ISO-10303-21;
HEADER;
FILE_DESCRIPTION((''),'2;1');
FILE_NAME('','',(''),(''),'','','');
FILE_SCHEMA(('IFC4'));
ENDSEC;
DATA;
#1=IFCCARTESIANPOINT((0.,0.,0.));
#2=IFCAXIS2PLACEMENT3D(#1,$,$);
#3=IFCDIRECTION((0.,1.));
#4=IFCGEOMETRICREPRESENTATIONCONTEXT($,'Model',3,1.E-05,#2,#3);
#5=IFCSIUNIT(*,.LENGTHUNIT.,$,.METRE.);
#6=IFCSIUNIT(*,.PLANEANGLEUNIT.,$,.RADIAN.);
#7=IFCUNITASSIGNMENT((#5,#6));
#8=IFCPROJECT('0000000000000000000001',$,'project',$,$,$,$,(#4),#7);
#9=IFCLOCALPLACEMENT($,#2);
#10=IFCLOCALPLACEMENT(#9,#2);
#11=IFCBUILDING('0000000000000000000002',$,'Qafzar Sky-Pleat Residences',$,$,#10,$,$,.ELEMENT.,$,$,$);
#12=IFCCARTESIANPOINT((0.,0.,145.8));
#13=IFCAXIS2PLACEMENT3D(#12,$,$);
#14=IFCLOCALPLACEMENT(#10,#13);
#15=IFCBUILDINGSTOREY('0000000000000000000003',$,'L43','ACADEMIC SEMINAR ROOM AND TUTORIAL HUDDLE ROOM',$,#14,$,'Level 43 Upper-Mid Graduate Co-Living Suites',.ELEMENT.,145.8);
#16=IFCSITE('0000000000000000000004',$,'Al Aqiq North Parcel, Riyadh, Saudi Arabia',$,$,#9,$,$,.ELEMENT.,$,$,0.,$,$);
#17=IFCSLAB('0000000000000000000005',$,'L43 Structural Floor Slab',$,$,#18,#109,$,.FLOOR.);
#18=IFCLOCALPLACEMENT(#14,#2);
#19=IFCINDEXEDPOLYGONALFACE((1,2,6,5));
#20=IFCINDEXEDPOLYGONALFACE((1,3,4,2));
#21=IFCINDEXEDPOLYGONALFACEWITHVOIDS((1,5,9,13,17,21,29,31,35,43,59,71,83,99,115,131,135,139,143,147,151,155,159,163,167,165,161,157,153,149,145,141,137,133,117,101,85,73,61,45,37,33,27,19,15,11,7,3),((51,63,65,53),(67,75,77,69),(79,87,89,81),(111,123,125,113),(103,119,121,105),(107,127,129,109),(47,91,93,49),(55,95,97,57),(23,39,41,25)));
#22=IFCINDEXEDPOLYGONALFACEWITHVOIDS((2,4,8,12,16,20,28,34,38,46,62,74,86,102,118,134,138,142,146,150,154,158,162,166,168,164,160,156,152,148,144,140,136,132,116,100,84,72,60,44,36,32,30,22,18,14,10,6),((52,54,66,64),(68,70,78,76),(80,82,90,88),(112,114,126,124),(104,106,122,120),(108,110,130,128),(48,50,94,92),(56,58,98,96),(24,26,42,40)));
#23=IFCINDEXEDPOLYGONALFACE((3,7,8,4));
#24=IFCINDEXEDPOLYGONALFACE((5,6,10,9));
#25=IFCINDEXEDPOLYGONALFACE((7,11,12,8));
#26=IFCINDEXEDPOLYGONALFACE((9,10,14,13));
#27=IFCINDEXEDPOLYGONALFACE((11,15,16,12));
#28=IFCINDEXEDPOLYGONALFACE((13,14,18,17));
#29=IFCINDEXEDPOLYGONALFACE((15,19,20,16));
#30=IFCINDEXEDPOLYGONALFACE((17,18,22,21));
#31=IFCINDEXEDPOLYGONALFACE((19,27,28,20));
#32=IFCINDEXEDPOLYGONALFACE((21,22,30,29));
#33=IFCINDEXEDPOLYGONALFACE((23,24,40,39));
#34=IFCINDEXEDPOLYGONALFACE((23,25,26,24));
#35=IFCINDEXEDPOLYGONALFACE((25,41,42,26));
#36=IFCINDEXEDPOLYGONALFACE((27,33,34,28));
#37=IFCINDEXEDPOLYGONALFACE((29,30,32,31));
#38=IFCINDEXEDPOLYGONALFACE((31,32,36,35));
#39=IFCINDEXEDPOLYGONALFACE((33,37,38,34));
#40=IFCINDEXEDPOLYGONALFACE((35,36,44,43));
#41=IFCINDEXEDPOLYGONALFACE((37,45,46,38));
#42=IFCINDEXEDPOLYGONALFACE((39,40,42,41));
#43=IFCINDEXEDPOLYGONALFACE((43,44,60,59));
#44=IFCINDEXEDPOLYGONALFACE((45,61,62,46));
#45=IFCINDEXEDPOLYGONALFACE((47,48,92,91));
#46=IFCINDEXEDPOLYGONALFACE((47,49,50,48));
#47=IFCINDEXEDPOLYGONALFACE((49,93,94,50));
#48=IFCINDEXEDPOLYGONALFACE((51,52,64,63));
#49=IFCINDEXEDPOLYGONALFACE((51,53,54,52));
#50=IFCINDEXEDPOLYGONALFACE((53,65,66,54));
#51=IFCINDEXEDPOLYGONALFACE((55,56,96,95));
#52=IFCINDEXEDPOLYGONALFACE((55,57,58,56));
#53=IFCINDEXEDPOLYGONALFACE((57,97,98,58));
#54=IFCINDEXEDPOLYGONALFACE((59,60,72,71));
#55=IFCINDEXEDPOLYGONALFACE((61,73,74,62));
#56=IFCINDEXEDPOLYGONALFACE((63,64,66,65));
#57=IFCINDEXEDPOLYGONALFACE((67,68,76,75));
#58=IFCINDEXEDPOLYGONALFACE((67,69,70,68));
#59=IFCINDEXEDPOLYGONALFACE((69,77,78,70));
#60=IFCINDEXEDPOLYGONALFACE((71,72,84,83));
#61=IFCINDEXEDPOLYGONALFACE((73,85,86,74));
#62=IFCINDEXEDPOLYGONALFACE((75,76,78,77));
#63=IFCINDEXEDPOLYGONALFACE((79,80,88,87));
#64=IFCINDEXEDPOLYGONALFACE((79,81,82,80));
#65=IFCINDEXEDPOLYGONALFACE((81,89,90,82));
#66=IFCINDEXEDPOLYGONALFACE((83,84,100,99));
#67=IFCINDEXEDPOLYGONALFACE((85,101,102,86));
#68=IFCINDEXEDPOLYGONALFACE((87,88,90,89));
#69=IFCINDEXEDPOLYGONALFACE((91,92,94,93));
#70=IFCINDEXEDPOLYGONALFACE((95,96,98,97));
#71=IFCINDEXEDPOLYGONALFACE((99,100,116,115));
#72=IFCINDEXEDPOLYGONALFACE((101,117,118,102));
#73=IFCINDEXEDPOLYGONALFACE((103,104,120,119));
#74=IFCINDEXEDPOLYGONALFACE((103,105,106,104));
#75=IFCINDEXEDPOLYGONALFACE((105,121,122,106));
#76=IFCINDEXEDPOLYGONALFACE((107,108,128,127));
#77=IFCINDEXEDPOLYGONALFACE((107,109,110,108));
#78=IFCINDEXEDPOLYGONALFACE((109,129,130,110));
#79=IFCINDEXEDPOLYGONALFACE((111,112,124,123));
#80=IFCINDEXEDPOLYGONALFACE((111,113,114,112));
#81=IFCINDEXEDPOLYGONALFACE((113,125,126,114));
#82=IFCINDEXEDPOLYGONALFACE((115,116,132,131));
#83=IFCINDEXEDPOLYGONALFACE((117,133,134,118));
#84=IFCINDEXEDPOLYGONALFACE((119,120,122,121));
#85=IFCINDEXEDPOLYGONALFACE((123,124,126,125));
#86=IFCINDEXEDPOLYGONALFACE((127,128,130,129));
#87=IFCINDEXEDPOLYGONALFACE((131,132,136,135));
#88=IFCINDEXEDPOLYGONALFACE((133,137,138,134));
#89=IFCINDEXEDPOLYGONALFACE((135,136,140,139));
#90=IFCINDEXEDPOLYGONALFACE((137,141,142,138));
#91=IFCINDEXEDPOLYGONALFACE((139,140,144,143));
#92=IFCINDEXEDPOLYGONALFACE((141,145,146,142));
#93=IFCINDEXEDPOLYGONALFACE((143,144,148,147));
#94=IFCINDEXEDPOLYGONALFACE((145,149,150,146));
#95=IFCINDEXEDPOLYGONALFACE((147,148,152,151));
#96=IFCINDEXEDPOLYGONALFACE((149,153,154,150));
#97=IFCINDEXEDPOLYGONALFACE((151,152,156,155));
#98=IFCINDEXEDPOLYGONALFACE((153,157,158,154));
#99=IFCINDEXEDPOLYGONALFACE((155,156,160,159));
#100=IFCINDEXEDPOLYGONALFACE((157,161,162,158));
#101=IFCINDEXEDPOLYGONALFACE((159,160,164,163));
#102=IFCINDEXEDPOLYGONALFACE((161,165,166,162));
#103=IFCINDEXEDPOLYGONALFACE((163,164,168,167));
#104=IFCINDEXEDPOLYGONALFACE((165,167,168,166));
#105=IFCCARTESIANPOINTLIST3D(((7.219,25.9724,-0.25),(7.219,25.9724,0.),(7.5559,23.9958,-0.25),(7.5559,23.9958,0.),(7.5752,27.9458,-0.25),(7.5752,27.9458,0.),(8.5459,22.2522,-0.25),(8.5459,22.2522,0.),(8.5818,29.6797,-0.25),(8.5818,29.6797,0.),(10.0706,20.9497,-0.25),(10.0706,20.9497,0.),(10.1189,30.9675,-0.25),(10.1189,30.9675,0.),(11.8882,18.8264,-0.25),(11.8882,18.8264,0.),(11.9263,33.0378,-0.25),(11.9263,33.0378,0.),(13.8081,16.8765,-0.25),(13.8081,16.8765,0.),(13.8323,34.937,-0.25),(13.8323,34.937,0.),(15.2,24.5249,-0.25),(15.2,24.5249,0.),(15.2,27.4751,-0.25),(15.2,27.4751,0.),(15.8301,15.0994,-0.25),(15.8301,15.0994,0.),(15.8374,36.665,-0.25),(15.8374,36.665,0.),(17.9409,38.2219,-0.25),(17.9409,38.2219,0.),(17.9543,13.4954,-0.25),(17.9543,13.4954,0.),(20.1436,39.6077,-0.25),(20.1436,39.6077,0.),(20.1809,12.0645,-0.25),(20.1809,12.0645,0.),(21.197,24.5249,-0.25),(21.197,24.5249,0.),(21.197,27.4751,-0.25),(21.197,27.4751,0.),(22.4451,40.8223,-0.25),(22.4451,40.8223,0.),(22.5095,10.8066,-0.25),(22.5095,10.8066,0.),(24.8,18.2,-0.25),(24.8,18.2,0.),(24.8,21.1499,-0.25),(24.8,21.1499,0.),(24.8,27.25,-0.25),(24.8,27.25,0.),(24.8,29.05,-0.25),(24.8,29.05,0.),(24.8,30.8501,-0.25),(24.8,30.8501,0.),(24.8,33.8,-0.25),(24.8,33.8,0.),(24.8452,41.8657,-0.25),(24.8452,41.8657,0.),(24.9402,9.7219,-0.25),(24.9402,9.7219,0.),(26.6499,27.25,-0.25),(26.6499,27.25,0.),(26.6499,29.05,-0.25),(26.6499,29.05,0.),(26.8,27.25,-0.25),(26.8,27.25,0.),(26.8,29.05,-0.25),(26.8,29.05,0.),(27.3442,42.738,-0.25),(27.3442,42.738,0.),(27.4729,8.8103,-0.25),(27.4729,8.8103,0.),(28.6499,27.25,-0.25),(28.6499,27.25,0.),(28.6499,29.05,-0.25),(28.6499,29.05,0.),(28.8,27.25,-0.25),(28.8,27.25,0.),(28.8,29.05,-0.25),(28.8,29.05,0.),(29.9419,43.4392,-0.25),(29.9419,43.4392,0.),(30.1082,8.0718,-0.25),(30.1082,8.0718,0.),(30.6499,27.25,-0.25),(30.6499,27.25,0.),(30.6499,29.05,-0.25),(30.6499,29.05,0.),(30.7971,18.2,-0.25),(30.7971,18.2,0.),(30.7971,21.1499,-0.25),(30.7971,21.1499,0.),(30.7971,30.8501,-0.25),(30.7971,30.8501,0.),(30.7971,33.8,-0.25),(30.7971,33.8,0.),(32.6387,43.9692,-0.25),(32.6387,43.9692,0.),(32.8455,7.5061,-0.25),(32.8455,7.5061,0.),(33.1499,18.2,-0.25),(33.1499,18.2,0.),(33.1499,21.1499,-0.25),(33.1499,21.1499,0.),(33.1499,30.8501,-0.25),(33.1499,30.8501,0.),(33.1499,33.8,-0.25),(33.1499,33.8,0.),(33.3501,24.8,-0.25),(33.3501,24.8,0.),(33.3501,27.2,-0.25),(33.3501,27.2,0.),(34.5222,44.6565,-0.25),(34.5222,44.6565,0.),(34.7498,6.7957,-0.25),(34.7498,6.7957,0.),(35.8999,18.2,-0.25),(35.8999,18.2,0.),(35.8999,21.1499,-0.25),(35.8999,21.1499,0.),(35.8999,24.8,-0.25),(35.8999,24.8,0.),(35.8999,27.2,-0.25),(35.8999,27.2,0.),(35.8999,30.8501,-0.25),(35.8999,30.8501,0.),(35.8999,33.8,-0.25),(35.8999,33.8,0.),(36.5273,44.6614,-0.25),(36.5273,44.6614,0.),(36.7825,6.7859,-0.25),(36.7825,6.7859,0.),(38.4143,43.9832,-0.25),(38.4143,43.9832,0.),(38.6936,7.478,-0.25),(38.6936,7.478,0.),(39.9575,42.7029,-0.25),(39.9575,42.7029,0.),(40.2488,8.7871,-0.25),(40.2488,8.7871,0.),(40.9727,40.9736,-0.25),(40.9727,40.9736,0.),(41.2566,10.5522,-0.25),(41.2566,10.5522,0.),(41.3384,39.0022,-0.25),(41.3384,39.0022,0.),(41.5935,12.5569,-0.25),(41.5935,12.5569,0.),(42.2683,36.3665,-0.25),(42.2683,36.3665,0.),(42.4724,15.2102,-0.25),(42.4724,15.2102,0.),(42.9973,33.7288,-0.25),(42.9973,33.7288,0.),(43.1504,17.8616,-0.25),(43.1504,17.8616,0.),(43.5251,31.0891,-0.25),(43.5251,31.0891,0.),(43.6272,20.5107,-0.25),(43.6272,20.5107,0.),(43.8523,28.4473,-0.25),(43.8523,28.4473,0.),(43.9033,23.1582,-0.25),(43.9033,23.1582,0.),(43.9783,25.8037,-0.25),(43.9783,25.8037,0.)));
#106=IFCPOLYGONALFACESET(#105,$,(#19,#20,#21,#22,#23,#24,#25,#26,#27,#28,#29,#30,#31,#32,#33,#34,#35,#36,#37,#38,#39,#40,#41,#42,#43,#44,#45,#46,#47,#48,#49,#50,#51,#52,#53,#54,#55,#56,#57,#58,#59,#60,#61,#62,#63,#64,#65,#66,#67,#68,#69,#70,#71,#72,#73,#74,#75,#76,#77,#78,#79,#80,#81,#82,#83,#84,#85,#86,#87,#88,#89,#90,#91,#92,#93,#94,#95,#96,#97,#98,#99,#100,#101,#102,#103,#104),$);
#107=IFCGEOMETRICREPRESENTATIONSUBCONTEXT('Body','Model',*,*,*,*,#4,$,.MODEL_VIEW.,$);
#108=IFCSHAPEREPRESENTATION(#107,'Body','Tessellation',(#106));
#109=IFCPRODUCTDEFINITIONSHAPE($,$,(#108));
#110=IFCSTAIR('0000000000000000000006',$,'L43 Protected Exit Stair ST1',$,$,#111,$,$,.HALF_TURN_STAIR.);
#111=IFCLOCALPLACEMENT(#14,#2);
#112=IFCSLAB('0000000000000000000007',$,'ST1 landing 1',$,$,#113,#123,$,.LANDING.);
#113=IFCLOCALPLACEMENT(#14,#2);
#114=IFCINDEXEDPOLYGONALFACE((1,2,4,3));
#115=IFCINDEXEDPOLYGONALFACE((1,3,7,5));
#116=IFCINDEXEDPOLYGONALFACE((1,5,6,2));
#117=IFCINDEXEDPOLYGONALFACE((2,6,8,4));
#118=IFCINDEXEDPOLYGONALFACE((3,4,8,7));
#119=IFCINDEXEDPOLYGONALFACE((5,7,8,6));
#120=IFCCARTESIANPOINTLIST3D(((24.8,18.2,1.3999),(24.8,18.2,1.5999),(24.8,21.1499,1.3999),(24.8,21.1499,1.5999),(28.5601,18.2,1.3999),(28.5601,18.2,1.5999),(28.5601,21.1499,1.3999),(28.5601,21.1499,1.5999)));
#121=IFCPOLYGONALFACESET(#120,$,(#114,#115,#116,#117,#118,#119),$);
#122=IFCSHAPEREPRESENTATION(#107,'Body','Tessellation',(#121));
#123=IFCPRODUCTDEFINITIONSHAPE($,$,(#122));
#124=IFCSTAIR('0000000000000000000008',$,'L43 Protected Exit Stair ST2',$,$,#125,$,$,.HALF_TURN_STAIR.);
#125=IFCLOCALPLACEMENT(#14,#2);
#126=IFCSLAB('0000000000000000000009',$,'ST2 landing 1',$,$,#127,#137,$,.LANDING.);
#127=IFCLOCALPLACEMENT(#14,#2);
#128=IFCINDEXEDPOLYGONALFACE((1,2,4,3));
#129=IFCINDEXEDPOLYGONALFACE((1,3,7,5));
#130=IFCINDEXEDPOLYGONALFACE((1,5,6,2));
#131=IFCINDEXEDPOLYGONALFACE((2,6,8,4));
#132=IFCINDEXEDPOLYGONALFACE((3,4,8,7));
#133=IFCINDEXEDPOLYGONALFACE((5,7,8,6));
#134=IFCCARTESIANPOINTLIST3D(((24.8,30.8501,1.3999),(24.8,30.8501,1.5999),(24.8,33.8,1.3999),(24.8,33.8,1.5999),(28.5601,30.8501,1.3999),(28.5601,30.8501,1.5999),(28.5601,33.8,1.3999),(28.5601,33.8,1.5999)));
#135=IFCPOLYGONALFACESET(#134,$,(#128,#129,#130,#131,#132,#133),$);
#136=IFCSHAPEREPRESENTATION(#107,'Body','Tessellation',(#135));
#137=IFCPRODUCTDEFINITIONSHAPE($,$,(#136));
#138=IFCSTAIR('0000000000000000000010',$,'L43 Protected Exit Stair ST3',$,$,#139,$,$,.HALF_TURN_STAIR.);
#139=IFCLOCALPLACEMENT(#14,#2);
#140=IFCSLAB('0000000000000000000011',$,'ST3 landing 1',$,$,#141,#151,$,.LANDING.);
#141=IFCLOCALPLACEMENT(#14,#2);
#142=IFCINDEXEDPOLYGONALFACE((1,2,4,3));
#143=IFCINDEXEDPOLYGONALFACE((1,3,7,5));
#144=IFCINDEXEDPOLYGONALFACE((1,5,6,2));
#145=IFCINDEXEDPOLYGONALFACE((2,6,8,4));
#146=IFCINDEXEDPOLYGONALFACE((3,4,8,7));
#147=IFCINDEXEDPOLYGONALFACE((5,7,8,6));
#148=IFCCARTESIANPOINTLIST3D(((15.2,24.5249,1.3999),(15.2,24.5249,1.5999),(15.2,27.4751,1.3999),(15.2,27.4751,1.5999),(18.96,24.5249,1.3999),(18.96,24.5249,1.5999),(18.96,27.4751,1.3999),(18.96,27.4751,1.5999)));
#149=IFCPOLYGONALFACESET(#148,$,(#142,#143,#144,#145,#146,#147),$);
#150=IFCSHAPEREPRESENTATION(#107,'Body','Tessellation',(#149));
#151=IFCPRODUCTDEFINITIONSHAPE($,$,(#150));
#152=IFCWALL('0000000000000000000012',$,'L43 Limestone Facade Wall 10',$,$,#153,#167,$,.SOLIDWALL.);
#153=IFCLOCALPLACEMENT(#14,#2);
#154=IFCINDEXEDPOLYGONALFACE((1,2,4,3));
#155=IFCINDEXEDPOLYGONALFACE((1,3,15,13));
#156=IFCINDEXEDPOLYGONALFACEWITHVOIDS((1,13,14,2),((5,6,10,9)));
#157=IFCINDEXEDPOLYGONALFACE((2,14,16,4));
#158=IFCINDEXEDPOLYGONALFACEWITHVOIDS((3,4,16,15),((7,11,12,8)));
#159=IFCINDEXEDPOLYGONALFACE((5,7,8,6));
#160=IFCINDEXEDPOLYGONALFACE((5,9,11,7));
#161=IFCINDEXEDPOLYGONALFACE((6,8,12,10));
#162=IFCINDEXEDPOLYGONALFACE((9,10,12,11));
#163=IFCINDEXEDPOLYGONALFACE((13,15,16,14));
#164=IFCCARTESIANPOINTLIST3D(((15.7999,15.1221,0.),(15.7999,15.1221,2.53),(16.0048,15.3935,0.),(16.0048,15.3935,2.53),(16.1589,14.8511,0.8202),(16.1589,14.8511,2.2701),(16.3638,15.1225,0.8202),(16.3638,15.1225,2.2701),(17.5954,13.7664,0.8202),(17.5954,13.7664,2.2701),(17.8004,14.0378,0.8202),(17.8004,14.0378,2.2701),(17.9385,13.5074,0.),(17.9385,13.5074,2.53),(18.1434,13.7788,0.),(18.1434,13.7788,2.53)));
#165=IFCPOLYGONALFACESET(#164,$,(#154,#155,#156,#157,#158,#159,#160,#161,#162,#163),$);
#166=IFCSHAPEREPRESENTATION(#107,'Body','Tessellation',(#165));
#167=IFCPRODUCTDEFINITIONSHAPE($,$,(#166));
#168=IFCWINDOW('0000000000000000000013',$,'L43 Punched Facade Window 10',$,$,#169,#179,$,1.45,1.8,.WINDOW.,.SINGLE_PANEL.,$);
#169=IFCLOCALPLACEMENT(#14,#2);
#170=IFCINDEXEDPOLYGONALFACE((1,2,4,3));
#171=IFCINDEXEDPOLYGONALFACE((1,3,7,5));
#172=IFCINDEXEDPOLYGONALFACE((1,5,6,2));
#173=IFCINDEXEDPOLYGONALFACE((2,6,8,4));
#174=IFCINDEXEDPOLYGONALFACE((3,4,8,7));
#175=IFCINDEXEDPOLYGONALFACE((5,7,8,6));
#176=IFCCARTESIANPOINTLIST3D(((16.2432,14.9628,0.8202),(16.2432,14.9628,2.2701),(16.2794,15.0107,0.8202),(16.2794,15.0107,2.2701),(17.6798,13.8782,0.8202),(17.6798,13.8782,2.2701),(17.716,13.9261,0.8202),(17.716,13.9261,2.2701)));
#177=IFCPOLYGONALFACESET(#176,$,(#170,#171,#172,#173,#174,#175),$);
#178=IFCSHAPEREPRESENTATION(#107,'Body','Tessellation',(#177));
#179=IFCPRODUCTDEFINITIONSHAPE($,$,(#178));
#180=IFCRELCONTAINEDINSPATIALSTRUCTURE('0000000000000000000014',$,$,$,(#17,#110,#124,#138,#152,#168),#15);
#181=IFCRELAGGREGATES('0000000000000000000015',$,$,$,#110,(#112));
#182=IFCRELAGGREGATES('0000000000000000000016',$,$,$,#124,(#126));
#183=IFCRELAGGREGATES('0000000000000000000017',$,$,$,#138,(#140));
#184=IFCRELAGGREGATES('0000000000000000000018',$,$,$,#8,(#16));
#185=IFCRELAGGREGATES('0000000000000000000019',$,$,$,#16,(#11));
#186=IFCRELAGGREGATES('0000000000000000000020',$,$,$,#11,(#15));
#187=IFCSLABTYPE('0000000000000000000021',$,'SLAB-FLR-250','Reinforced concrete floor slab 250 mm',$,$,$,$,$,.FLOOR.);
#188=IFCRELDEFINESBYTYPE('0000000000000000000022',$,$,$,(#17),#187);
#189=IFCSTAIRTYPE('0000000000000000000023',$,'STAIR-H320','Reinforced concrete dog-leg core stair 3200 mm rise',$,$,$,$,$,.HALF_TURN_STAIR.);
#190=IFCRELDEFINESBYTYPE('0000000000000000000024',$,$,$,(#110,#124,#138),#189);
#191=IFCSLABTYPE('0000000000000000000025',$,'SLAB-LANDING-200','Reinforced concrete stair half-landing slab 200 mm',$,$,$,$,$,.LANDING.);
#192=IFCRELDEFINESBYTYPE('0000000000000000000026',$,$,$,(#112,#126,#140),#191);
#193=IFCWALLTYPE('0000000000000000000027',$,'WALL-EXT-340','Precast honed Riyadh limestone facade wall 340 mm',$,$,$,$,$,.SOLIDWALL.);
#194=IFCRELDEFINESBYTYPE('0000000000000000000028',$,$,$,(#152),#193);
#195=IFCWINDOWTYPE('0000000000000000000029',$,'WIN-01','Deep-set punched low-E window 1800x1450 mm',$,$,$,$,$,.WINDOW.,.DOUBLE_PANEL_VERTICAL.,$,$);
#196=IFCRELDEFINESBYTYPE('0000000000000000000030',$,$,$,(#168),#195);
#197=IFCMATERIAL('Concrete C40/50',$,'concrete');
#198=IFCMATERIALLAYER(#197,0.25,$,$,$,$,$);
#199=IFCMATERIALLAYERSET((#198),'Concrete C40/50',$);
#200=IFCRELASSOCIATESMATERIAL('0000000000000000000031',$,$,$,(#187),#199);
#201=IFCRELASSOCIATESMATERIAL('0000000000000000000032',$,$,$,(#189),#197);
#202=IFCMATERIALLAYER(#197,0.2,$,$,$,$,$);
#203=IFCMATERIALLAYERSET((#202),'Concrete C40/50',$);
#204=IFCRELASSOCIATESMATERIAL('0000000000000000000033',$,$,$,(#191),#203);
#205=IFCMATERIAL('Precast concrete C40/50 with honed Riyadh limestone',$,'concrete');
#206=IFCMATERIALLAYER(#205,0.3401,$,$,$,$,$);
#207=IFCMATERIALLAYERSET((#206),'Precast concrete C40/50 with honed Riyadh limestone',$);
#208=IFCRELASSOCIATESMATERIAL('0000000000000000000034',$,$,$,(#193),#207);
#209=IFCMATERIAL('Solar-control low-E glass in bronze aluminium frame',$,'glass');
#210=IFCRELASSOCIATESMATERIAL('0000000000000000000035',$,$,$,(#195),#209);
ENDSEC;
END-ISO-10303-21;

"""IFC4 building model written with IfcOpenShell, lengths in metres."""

from ifc_helpers import new_model, si_unit, direction, frame, frame_2d, origin, place, context, subcontext, project, spatial, polyline, rectangle, outline, extrude, source, transform, mapped, material, layer, layer_set, type_object, element, fill, aggregate, save


model = new_model("IFC4")

# Units and contexts
model_context = context("Model", 3, precision=1e-05, world=origin(), true_north=direction((0.0, 1.0)))
body_context = subcontext(model_context, "Body", "Model", "MODEL_VIEW")
ifc_project = project(units=[si_unit("LENGTHUNIT", "METRE"), si_unit("PLANEANGLEUNIT", "RADIAN")], contexts=[model_context])

# Site, building, storey
site_placement = place(None, origin())
site = spatial("IfcSite", under=ifc_project, at=site_placement, Name="Al Aqiq North Parcel, Riyadh, Saudi Arabia", CompositionType="ELEMENT", RefElevation=0.0)
building_placement = place(site_placement, origin())
building = spatial("IfcBuilding", under=site, at=building_placement, Name="Qafzar Sky-Pleat Residences", CompositionType="ELEMENT")
storey_placement = place(building_placement, frame((0.0, 0.0, 145.8)))
storey = spatial("IfcBuildingStorey", under=building, at=storey_placement, Name="L43", Description="ACADEMIC SEMINAR ROOM AND TUTORIAL HUDDLE ROOM", LongName="Level 43 Upper-Mid Graduate Co-Living Suites", CompositionType="ELEMENT", Elevation=145.8)

# Slab
ifc_material_1 = material(Name="Concrete C40/50", Category="concrete")
ifc_layer_1 = layer(ifc_material_1, 0.25)
ifc_layer_set_1 = layer_set([ifc_layer_1], Name="Concrete C40/50")
slab_type_1 = type_object("IfcSlabType", Name="SLAB-FLR-250", Description="Reinforced concrete floor slab 250 mm", PredefinedType="FLOOR", material=ifc_layer_set_1)
slab_1_placement = place(storey_placement, frame((0.0, 0.0, -0.25)))
element("IfcSlab", 1, at=slab_1_placement, inside=storey, type_object=slab_type_1, Name="L43 Structural Floor Slab", PredefinedType="FLOOR", context=body_context, shape_type="SweptSolid", body=[
    extrude(outline(polyline([(10.1189, 30.9675), (8.5818, 29.6797), (7.5752, 27.9458), (7.219, 25.9724), (7.5559, 23.9958), (8.5459, 22.2522), (10.0706, 20.9497), (11.8882, 18.8264), (13.8081, 16.8765), (15.8301, 15.0994), (17.9543, 13.4954), (20.1809, 12.0645), (22.5095, 10.8066), (24.9402, 9.7219), (27.4729, 8.8103), (30.1082, 8.0718), (32.8455, 7.5061), (34.7498, 6.7957), (36.7825, 6.7859), (38.6936, 7.478), (40.2488, 8.7871), (41.2566, 10.5522), (41.5935, 12.5569), (42.4724, 15.2102), (43.1504, 17.8616), (43.6272, 20.5107), (43.9033, 23.1582), (43.9783, 25.8037), (43.8523, 28.4473), (43.5251, 31.0891), (42.9973, 33.7288), (42.2683, 36.3665), (41.3384, 39.0022), (40.9727, 40.9736), (39.9575, 42.7029), (38.4143, 43.9832), (36.5273, 44.6614), (34.5222, 44.6565), (32.6387, 43.9692), (29.9419, 43.4392), (27.3442, 42.738), (24.8452, 41.8657), (22.4451, 40.8223), (20.1436, 39.6077), (17.9409, 38.2219), (15.8374, 36.665), (13.8323, 34.937), (11.9263, 33.0378), (10.1189, 30.9675)]), holes=[polyline([(30.7971, 21.1499), (24.8, 21.1499), (24.8, 18.2), (30.7971, 18.2), (30.7971, 21.1499)]), polyline([(30.7971, 33.8), (24.8, 33.8), (24.8, 30.8501), (30.7971, 30.8501), (30.7971, 33.8)]), polyline([(21.197, 27.4751), (15.2, 27.4751), (15.2, 24.5249), (21.197, 24.5249), (21.197, 27.4751)]), polyline([(24.8, 27.25), (26.6499, 27.25), (26.6499, 29.05), (24.8, 29.05), (24.8, 27.25)]), polyline([(26.8, 27.25), (28.6499, 27.25), (28.6499, 29.05), (26.8, 29.05), (26.8, 27.25)]), polyline([(28.8, 27.25), (30.6499, 27.25), (30.6499, 29.05), (28.8, 29.05), (28.8, 27.25)]), polyline([(33.1499, 18.2), (35.8999, 18.2), (35.8999, 21.1499), (33.1499, 21.1499), (33.1499, 18.2)]), polyline([(33.1499, 30.8501), (35.8999, 30.8501), (35.8999, 33.8), (33.1499, 33.8), (33.1499, 30.8501)]), polyline([(33.3501, 24.8), (35.8999, 24.8), (35.8999, 27.2), (33.3501, 27.2), (33.3501, 24.8)])]), origin(), (0.0, 0.0, 1.0), 0.25),
])

# Stairs, slabs
stair_type = type_object("IfcStairType", Name="STAIR-H320", Description="Reinforced concrete dog-leg core stair 3200 mm rise", PredefinedType="HALF_TURN_STAIR", material=ifc_material_1)
stair_1_placement = place(storey_placement, origin())
stair_1 = element("IfcStair", 2, at=stair_1_placement, inside=storey, type_object=stair_type, Name="L43 Protected Exit Stair ST1", PredefinedType="HALF_TURN_STAIR")
ifc_layer_2 = layer(ifc_material_1, 0.2)
ifc_layer_set_2 = layer_set([ifc_layer_2], Name="Concrete C40/50")
slab_type_2 = type_object("IfcSlabType", Name="SLAB-LANDING-200", Description="Reinforced concrete stair half-landing slab 200 mm", PredefinedType="LANDING", material=ifc_layer_set_2)
slab_2_placement = place(storey_placement, frame((0.0, 0.0, 1.3999)))
slab_2 = element("IfcSlab", 3, at=slab_2_placement, type_object=slab_type_2, Name="ST1 landing 1", PredefinedType="LANDING", context=body_context, shape_type="SweptSolid", body=[
    extrude(outline(polyline([(28.5601, 21.1499), (24.8, 21.1499), (24.8, 18.2), (28.5601, 18.2), (28.5601, 21.1499)])), origin(), (0.0, 0.0, 1.0), 0.2),
])
aggregate(stair_1, [slab_2])
stair_2_placement = place(storey_placement, origin())
stair_2 = element("IfcStair", 4, at=stair_2_placement, inside=storey, type_object=stair_type, Name="L43 Protected Exit Stair ST2", PredefinedType="HALF_TURN_STAIR")
slab_3_placement = place(storey_placement, frame((0.0, 0.0, 1.3999)))
slab_3 = element("IfcSlab", 5, at=slab_3_placement, type_object=slab_type_2, Name="ST2 landing 1", PredefinedType="LANDING", context=body_context, shape_type="SweptSolid", body=[
    extrude(outline(polyline([(28.5601, 33.8), (24.8, 33.8), (24.8, 30.8501), (28.5601, 30.8501), (28.5601, 33.8)])), origin(), (0.0, 0.0, 1.0), 0.2),
])
aggregate(stair_2, [slab_3])
stair_3_placement = place(storey_placement, origin())
stair_3 = element("IfcStair", 6, at=stair_3_placement, inside=storey, type_object=stair_type, Name="L43 Protected Exit Stair ST3", PredefinedType="HALF_TURN_STAIR")
slab_4_placement = place(storey_placement, frame((0.0, 0.0, 1.3999)))
slab_4 = element("IfcSlab", 7, at=slab_4_placement, type_object=slab_type_2, Name="ST3 landing 1", PredefinedType="LANDING", context=body_context, shape_type="SweptSolid", body=[
    extrude(outline(polyline([(18.96, 27.4751), (15.2, 27.4751), (15.2, 24.5249), (18.96, 24.5249), (18.96, 27.4751)])), origin(), (0.0, 0.0, 1.0), 0.2),
])
aggregate(stair_3, [slab_4])

# Wall, opening, window
ifc_material_2 = material(Name="Precast concrete C40/50 with honed Riyadh limestone", Category="concrete")
ifc_layer_3 = layer(ifc_material_2, 0.3401)
ifc_layer_set_3 = layer_set([ifc_layer_3], Name="Precast concrete C40/50 with honed Riyadh limestone")
wall_type = type_object("IfcWallType", Name="WALL-EXT-340", Description="Precast honed Riyadh limestone facade wall 340 mm", PredefinedType="SOLIDWALL", material=ifc_layer_set_3)
wall_placement = place(storey_placement, frame((15.9023, 15.2578, 0.0), z_axis=(0.0, 0.0, 1.0), x_axis=(0.798072, -0.602562, 0.0)))
wall = element("IfcWall", 8, at=wall_placement, inside=storey, type_object=wall_type, Name="L43 Limestone Facade Wall 10", PredefinedType="SOLIDWALL", context=body_context, shape_type="SweptSolid", body=[
    extrude(rectangle(XDim=2.6797, YDim=0.3401, at=frame_2d((1.3398, 0.0))), origin(), (0.0, 0.0, 1.0), 2.53),
])
opening_placement = place(wall_placement, frame((0.45, 0.0, 0.8201)))
opening = element("IfcOpeningElement", 9, at=opening_placement, cuts=wall, PredefinedType="OPENING", context=body_context, shape_type="SweptSolid", body=[
    extrude(rectangle(XDim=1.8, YDim=1.45, at=frame_2d((0.8999, 0.7251))), frame((0.0, 0.1802, 0.0), z_axis=(0.0, -1.0, 0.0), x_axis=(1.0, 0.0, 0.0)), (0.0, 0.0, 1.0), 0.3601),
])
ifc_material_3 = material(Name="Solar-control low-E glass in bronze aluminium frame", Category="glass")
window_type = type_object("IfcWindowType", Name="WIN-01", Description="Deep-set punched low-E window 1800x1450 mm", PartitioningType="DOUBLE_PANEL_VERTICAL", PredefinedType="WINDOW", material=ifc_material_3)
shared_shape_1 = source(origin(), body_context, "Body", "SweptSolid", [
    extrude(rectangle(XDim=1.8, YDim=1.45, at=frame_2d((0.8999, 0.7251))), frame((0.0, 0.03, 0.0), z_axis=(0.0, -1.0, 0.0), x_axis=(1.0, 0.0, 0.0)), (0.0, 0.0, 1.0), 0.0601),
])
window_placement = place(opening_placement, origin())
window = element("IfcWindow", 10, at=window_placement, inside=storey, type_object=window_type, Name="L43 Punched Facade Window 10", OverallHeight=1.45, OverallWidth=1.8, PartitioningType="SINGLE_PANEL", PredefinedType="WINDOW", context=body_context, shape_type="MappedRepresentation", body=[
    mapped(shared_shape_1, transform((0.0, 0.0, 0.0), x_axis=(1.0, 0.0, 0.0), y_axis=(0.0, 1.0, 0.0), z_axis=(0.0, 0.0, 1.0), scale=1.0)),
])
fill(opening, window)

save(model, "model.ifc")
